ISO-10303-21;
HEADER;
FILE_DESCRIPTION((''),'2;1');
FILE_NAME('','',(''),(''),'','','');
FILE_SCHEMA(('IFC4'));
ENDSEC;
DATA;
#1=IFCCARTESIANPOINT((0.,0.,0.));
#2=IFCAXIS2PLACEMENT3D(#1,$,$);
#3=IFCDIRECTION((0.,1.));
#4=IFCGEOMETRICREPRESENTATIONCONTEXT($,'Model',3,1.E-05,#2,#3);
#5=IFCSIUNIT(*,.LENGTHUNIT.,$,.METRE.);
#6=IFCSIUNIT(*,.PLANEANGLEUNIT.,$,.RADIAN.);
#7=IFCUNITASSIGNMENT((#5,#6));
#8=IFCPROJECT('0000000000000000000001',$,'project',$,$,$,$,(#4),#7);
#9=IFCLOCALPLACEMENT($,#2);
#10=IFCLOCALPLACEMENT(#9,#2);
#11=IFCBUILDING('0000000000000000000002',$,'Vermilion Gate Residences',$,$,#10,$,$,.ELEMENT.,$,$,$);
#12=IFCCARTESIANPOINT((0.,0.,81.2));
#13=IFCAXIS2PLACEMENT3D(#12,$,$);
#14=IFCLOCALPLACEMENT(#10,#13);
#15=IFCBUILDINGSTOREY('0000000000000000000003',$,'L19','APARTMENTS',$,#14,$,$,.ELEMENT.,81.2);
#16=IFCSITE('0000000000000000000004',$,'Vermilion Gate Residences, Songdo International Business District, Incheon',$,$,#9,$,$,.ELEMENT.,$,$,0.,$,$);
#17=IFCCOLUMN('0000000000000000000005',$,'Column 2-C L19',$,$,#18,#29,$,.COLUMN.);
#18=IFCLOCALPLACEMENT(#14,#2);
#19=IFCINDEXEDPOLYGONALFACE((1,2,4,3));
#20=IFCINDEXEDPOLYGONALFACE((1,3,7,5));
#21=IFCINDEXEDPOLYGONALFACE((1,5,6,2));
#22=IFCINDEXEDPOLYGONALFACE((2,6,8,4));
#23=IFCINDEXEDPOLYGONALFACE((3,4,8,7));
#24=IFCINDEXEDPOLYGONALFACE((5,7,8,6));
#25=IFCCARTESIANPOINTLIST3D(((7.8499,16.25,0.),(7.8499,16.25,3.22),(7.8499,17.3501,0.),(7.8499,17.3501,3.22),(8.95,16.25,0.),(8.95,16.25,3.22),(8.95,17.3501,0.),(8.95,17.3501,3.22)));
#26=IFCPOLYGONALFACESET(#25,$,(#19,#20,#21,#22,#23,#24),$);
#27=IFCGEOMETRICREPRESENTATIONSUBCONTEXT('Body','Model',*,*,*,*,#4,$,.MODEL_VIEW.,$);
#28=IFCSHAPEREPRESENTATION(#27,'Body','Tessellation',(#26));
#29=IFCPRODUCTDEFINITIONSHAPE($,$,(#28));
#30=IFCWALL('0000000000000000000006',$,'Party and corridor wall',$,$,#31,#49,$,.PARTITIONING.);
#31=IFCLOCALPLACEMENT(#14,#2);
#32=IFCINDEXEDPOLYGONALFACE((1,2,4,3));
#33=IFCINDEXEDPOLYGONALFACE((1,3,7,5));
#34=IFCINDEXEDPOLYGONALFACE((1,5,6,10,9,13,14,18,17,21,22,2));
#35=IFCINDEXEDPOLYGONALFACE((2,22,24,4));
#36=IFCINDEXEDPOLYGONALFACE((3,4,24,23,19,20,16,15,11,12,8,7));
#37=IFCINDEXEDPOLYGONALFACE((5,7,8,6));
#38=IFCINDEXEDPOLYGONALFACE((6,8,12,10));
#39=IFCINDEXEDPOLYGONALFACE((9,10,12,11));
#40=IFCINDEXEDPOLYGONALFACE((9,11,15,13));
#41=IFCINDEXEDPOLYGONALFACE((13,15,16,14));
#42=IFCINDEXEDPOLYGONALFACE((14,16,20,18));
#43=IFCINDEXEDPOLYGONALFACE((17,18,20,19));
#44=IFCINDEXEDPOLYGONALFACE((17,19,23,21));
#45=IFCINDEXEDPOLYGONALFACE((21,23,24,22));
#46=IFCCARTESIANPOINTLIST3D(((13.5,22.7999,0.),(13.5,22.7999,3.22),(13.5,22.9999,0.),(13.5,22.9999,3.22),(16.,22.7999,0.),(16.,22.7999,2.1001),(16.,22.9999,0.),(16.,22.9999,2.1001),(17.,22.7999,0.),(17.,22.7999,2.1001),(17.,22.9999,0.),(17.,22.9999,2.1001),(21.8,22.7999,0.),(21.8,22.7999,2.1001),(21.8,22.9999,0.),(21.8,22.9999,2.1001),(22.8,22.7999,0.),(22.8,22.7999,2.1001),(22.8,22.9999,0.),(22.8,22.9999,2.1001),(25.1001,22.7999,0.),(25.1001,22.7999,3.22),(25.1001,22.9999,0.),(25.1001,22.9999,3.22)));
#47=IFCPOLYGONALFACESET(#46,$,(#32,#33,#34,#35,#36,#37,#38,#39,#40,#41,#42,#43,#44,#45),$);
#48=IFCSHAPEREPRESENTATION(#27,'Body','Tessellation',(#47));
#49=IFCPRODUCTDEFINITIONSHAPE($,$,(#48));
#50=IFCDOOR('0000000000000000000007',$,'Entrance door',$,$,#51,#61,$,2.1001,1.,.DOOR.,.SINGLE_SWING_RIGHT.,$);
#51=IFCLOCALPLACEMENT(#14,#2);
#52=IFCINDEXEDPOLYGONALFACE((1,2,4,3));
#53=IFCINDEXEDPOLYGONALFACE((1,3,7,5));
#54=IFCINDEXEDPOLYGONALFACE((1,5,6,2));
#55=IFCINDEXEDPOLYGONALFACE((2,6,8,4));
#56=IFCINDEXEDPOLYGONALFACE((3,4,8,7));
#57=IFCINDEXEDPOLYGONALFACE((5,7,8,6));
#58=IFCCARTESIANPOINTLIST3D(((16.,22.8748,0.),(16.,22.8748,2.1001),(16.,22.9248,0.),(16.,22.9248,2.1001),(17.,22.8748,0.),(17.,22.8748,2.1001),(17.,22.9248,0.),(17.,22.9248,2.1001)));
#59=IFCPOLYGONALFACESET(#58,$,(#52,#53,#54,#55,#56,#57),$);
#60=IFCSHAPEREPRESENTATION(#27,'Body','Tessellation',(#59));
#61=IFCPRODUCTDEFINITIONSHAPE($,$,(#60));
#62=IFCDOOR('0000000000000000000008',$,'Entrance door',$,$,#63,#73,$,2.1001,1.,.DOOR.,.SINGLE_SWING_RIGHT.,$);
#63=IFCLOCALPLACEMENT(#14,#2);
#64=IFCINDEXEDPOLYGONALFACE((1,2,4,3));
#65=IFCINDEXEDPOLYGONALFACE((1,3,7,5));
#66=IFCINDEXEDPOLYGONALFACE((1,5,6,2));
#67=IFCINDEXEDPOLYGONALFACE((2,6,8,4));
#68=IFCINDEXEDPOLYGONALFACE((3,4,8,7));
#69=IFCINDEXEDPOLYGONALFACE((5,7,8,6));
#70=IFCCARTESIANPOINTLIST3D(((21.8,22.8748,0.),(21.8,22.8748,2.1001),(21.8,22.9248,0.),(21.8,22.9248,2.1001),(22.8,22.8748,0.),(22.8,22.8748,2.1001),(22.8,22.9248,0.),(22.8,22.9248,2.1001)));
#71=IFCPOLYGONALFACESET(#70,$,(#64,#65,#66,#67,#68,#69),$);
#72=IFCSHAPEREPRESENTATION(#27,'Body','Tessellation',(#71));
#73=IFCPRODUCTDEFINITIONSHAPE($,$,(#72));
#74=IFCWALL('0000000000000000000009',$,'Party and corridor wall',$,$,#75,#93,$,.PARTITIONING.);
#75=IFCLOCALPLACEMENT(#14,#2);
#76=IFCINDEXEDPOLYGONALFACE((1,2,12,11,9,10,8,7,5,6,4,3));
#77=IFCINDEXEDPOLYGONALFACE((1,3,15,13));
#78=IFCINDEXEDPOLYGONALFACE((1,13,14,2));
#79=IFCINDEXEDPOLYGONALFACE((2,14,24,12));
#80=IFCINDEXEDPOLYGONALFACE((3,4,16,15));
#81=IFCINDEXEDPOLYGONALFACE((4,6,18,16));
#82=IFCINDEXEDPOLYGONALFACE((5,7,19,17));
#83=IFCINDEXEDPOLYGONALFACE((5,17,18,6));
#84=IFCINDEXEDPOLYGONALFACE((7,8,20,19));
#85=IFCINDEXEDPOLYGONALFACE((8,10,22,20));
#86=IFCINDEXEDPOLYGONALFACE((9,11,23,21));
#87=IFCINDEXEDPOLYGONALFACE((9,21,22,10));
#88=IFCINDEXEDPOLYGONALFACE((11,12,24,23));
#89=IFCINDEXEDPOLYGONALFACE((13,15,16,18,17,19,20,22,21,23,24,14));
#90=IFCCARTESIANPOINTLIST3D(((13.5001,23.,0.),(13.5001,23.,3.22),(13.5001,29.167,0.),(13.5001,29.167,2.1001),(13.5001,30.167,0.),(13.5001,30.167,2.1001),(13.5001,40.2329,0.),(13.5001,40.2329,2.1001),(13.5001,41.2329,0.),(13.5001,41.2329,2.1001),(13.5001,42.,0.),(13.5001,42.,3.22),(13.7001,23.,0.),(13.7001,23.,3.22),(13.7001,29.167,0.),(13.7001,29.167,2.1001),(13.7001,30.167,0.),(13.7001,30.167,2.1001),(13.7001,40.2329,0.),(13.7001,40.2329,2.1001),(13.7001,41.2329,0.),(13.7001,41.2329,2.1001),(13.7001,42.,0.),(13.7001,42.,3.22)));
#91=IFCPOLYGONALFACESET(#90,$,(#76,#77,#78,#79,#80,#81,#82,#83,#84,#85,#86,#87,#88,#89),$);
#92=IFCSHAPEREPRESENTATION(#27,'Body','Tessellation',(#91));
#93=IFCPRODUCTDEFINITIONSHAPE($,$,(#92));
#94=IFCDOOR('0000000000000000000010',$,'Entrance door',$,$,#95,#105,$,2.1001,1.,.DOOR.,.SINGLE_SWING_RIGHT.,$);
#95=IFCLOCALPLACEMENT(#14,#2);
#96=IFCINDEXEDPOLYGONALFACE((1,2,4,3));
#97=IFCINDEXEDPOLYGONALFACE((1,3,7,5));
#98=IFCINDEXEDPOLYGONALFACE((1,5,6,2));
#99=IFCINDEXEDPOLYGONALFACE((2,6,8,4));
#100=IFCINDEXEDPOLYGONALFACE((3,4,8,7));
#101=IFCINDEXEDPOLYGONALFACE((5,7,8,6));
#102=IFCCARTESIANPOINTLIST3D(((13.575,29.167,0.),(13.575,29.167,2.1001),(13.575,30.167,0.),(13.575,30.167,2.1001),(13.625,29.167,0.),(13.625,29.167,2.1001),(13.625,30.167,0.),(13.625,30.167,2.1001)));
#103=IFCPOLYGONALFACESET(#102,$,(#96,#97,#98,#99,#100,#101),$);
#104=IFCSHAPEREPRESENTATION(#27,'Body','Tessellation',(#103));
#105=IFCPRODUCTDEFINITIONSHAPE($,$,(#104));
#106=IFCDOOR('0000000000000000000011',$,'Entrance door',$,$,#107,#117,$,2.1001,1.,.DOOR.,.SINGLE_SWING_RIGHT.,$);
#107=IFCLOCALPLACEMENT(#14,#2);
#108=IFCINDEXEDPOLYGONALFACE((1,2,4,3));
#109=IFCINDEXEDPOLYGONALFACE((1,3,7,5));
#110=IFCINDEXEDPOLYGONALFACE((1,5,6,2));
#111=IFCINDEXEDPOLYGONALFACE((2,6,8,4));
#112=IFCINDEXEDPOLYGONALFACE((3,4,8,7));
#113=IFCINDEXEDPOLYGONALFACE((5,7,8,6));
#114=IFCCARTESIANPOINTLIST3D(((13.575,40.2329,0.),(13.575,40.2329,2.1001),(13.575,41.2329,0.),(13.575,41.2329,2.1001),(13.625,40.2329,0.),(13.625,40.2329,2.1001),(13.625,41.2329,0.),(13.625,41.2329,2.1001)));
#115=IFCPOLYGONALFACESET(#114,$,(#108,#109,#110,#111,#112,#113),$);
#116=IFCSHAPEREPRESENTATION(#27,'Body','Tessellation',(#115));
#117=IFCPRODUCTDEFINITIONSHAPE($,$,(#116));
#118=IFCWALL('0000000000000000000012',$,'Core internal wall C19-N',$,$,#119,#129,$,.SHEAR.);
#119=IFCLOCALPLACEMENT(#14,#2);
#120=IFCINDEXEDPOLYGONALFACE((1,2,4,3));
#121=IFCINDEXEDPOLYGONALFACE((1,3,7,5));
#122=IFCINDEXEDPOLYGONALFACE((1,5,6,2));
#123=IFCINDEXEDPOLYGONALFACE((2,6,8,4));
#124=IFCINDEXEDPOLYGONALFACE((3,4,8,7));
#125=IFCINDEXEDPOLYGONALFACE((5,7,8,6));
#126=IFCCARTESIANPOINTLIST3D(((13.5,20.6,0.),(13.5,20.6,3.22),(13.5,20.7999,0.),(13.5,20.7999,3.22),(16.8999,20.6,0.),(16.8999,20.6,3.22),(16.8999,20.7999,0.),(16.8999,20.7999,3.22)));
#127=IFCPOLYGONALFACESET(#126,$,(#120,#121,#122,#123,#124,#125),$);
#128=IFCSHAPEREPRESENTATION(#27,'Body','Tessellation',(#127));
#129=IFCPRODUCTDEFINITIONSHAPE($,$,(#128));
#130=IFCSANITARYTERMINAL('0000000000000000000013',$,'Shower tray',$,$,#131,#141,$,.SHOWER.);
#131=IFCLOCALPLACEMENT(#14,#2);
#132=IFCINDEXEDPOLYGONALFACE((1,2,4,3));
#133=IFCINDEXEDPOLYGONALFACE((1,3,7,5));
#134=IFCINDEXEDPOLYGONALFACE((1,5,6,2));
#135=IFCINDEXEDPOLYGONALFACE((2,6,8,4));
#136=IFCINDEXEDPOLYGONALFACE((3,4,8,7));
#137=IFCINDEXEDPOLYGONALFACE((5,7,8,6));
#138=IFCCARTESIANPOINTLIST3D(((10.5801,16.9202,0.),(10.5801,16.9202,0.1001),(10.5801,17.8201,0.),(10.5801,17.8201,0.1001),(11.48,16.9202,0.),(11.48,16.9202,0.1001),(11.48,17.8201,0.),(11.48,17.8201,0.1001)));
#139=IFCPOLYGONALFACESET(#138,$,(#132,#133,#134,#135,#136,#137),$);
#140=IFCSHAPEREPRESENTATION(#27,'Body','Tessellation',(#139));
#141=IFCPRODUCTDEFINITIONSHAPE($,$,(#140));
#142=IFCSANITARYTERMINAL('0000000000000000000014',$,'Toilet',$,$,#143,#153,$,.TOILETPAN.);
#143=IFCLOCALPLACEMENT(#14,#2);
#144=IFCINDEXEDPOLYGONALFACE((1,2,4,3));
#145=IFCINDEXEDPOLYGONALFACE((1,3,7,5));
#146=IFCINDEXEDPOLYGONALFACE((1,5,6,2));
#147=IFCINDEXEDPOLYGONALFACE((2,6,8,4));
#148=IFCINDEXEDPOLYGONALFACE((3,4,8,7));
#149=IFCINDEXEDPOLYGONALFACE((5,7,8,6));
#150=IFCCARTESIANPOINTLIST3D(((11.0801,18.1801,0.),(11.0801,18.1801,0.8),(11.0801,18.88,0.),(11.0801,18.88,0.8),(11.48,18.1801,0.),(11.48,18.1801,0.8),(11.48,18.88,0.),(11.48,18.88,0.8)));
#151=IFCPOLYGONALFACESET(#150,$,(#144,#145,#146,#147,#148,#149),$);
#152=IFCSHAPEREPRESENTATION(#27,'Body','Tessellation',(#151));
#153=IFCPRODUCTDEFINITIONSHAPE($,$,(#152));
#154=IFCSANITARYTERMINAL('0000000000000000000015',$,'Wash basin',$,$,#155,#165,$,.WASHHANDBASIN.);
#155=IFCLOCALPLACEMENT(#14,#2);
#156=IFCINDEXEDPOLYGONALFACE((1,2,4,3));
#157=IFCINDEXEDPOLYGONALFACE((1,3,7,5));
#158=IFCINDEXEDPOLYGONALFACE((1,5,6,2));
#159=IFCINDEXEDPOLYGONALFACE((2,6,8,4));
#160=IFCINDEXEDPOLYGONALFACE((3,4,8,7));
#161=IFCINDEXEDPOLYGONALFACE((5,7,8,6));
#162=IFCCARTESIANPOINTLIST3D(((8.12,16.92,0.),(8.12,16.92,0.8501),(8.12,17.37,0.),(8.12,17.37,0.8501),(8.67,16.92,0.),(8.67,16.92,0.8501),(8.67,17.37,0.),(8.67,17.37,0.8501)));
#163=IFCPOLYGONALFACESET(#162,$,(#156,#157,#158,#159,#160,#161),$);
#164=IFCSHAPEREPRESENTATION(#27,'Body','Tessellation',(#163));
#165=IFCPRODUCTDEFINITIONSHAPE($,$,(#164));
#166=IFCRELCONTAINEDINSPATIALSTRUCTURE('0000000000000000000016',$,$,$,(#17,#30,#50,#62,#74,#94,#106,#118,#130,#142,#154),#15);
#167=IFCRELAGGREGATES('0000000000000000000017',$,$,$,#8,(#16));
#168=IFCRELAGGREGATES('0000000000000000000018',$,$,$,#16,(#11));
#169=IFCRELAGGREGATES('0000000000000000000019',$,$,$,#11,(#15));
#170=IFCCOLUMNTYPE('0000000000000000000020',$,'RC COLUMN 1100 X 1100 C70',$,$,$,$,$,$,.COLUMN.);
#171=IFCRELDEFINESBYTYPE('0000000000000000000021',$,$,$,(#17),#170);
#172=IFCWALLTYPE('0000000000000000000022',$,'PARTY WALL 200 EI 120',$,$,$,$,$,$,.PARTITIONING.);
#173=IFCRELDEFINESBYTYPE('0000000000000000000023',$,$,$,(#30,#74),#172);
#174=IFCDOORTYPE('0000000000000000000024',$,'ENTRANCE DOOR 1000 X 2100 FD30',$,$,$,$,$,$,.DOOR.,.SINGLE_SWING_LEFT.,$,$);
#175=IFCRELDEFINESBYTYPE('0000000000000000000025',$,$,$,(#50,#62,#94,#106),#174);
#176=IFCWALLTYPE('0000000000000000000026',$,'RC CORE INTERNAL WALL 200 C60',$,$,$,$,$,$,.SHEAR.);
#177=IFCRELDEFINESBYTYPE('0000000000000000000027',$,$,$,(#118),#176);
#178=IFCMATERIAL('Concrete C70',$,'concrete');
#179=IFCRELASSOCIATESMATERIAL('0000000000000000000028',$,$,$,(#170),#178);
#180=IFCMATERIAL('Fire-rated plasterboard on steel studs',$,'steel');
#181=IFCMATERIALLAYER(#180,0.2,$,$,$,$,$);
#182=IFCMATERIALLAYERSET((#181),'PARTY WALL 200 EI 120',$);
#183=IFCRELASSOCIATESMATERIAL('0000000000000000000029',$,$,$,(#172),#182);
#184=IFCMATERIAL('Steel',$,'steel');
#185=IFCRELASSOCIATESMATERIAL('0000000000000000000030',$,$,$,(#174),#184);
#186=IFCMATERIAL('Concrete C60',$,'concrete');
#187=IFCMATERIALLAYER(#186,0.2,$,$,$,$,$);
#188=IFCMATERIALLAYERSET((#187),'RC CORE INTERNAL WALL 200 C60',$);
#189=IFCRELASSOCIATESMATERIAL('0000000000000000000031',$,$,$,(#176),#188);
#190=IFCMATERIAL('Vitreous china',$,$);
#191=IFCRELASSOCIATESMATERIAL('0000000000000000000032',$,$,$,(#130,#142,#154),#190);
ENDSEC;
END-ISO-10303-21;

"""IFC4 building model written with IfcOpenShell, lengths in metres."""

from ifc_helpers import new_model, si_unit, direction, frame, frame_2d, origin, origin_2d, place, context, subcontext, project, spatial, rectangle, extrude, material, layer, layer_set, material_profile, profile_set, type_object, element, fill, save


model = new_model("IFC4")

# Units and contexts
model_context = context("Model", 3, precision=1e-05, world=origin(), true_north=direction((0.0, 1.0)))
body_context = subcontext(model_context, "Body", "Model", "MODEL_VIEW")
ifc_project = project(units=[si_unit("LENGTHUNIT", "METRE"), si_unit("PLANEANGLEUNIT", "RADIAN")], contexts=[model_context])

# Site, building, storey
site_placement = place(None, origin())
site = spatial("IfcSite", under=ifc_project, at=site_placement, Name="Vermilion Gate Residences, Songdo International Business District, Incheon", CompositionType="ELEMENT", RefElevation=0.0)
building_placement = place(site_placement, origin())
building = spatial("IfcBuilding", under=site, at=building_placement, Name="Vermilion Gate Residences", CompositionType="ELEMENT")
storey_placement = place(building_placement, frame((0.0, 0.0, 81.2)))
storey = spatial("IfcBuildingStorey", under=building, at=storey_placement, Name="L19", Description="APARTMENTS", CompositionType="ELEMENT", Elevation=81.2)

# Column
ifc_material_1 = material(Name="Concrete C70", Category="concrete")
ifc_material_profile = material_profile(ifc_material_1, rectangle(XDim=1.1001, YDim=1.1001, at=origin_2d()), Name="RC-1100x1100")
ifc_profile_set = profile_set([ifc_material_profile], Name="Concrete C70")
column_type = type_object("IfcColumnType", Name="RC COLUMN 1100 X 1100 C70", PredefinedType="COLUMN", material=ifc_profile_set)
column_placement = place(storey_placement, frame((8.3999, 16.8, 0.0), z_axis=(0.0, 0.0, 1.0), x_axis=(1.0, 0.0, 0.0)))
element("IfcColumn", 1, at=column_placement, inside=storey, type_object=column_type, Name="Column 2-C L19", PredefinedType="COLUMN", context=body_context, shape_type="SweptSolid", body=[
    extrude(rectangle(XDim=1.1001, YDim=1.1001, at=origin_2d()), origin(), (0.0, 0.0, 1.0), 3.22),
])

# Walls, openings, doors
ifc_material_2 = material(Name="Fire-rated plasterboard on steel studs", Category="steel")
ifc_layer_1 = layer(ifc_material_2, 0.2)
ifc_layer_set_1 = layer_set([ifc_layer_1], Name="PARTY WALL 200 EI 120")
wall_type_1 = type_object("IfcWallType", Name="PARTY WALL 200 EI 120", PredefinedType="PARTITIONING", material=ifc_layer_set_1)
wall_1_placement = place(storey_placement, frame((13.5, 22.8999, 0.0), z_axis=(0.0, 0.0, 1.0), x_axis=(1.0, 0.0, 0.0)))
wall_1 = element("IfcWall", 2, at=wall_1_placement, inside=storey, type_object=wall_type_1, Name="Party and corridor wall", PredefinedType="PARTITIONING", context=body_context, shape_type="SweptSolid", body=[
    extrude(rectangle(XDim=11.6001, YDim=0.2, at=frame_2d((5.8, 0.0))), origin(), (0.0, 0.0, 1.0), 3.22),
])
opening_1_placement = place(wall_1_placement, frame((2.5, 0.0, 0.0)))
opening_1 = element("IfcOpeningElement", 3, at=opening_1_placement, cuts=wall_1, PredefinedType="OPENING", context=body_context, shape_type="SweptSolid", body=[
    extrude(rectangle(XDim=1.0, YDim=2.1001, at=frame_2d((0.5, 1.05))), frame((0.0, 0.1099, 0.0), z_axis=(0.0, -1.0, 0.0), x_axis=(1.0, 0.0, 0.0)), (0.0, 0.0, 1.0), 0.22),
])
opening_2_placement = place(wall_1_placement, frame((8.3, 0.0, 0.0)))
opening_2 = element("IfcOpeningElement", 4, at=opening_2_placement, cuts=wall_1, PredefinedType="OPENING", context=body_context, shape_type="SweptSolid", body=[
    extrude(rectangle(XDim=1.0, YDim=2.1001, at=frame_2d((0.5, 1.05))), frame((0.0, 0.1099, 0.0), z_axis=(0.0, -1.0, 0.0), x_axis=(1.0, 0.0, 0.0)), (0.0, 0.0, 1.0), 0.22),
])
ifc_material_3 = material(Name="Steel", Category="steel")
door_type = type_object("IfcDoorType", Name="ENTRANCE DOOR 1000 X 2100 FD30", OperationType="SINGLE_SWING_LEFT", PredefinedType="DOOR", material=ifc_material_3)
door_1_placement = place(opening_1_placement, origin())
door_1 = element("IfcDoor", 5, at=door_1_placement, inside=storey, type_object=door_type, Name="Entrance door", OperationType="SINGLE_SWING_RIGHT", OverallHeight=2.1001, OverallWidth=1.0, PredefinedType="DOOR", context=body_context, shape_type="SweptSolid", body=[
    extrude(rectangle(XDim=1.0, YDim=2.1001, at=frame_2d((0.5, 1.05))), frame((0.0, 0.0249, 0.0), z_axis=(0.0, -1.0, 0.0), x_axis=(1.0, 0.0, 0.0)), (0.0, 0.0, 1.0), 0.05),
])
fill(opening_1, door_1)
door_2_placement = place(opening_2_placement, origin())
door_2 = element("IfcDoor", 6, at=door_2_placement, inside=storey, type_object=door_type, Name="Entrance door", OperationType="SINGLE_SWING_RIGHT", OverallHeight=2.1001, OverallWidth=1.0, PredefinedType="DOOR", context=body_context, shape_type="SweptSolid", body=[
    extrude(rectangle(XDim=1.0, YDim=2.1001, at=frame_2d((0.5, 1.05))), frame((0.0, 0.0249, 0.0), z_axis=(0.0, -1.0, 0.0), x_axis=(1.0, 0.0, 0.0)), (0.0, 0.0, 1.0), 0.05),
])
fill(opening_2, door_2)
wall_2_placement = place(storey_placement, frame((13.6001, 23.0, 0.0), z_axis=(0.0, 0.0, 1.0), x_axis=(0.0, 1.0, 0.0)))
wall_2 = element("IfcWall", 7, at=wall_2_placement, inside=storey, type_object=wall_type_1, Name="Party and corridor wall", PredefinedType="PARTITIONING", context=body_context, shape_type="SweptSolid", body=[
    extrude(rectangle(XDim=19.0, YDim=0.2, at=frame_2d((9.5, 0.0))), origin(), (0.0, 0.0, 1.0), 3.22),
])
opening_3_placement = place(wall_2_placement, frame((6.167, 0.0, 0.0)))
opening_3 = element("IfcOpeningElement", 8, at=opening_3_placement, cuts=wall_2, PredefinedType="OPENING", context=body_context, shape_type="SweptSolid", body=[
    extrude(rectangle(XDim=1.0, YDim=2.1001, at=frame_2d((0.5, 1.05))), frame((0.0, 0.1099, 0.0), z_axis=(0.0, -1.0, 0.0), x_axis=(1.0, 0.0, 0.0)), (0.0, 0.0, 1.0), 0.22),
])
opening_4_placement = place(wall_2_placement, frame((17.2329, 0.0, 0.0)))
opening_4 = element("IfcOpeningElement", 9, at=opening_4_placement, cuts=wall_2, PredefinedType="OPENING", context=body_context, shape_type="SweptSolid", body=[
    extrude(rectangle(XDim=1.0, YDim=2.1001, at=frame_2d((0.5, 1.05))), frame((0.0, 0.1099, 0.0), z_axis=(0.0, -1.0, 0.0), x_axis=(1.0, 0.0, 0.0)), (0.0, 0.0, 1.0), 0.22),
])
door_3_placement = place(opening_3_placement, frame((1.0, 0.0, 0.0), z_axis=(0.0, 0.0, 1.0), x_axis=(-1.0, 0.0, 0.0)))
door_3 = element("IfcDoor", 10, at=door_3_placement, inside=storey, type_object=door_type, Name="Entrance door", OperationType="SINGLE_SWING_RIGHT", OverallHeight=2.1001, OverallWidth=1.0, PredefinedType="DOOR", context=body_context, shape_type="SweptSolid", body=[
    extrude(rectangle(XDim=1.0, YDim=2.1001, at=frame_2d((0.5, 1.05))), frame((0.0, 0.0249, 0.0), z_axis=(0.0, -1.0, 0.0), x_axis=(1.0, 0.0, 0.0)), (0.0, 0.0, 1.0), 0.05),
])
fill(opening_3, door_3)
door_4_placement = place(opening_4_placement, frame((1.0, 0.0, 0.0), z_axis=(0.0, 0.0, 1.0), x_axis=(-1.0, 0.0, 0.0)))
door_4 = element("IfcDoor", 11, at=door_4_placement, inside=storey, type_object=door_type, Name="Entrance door", OperationType="SINGLE_SWING_RIGHT", OverallHeight=2.1001, OverallWidth=1.0, PredefinedType="DOOR", context=body_context, shape_type="SweptSolid", body=[
    extrude(rectangle(XDim=1.0, YDim=2.1001, at=frame_2d((0.5, 1.05))), frame((0.0, 0.0249, 0.0), z_axis=(0.0, -1.0, 0.0), x_axis=(1.0, 0.0, 0.0)), (0.0, 0.0, 1.0), 0.05),
])
fill(opening_4, door_4)

# Wall
ifc_material_4 = material(Name="Concrete C60", Category="concrete")
ifc_layer_2 = layer(ifc_material_4, 0.2)
ifc_layer_set_2 = layer_set([ifc_layer_2], Name="RC CORE INTERNAL WALL 200 C60")
wall_type_2 = type_object("IfcWallType", Name="RC CORE INTERNAL WALL 200 C60", PredefinedType="SHEAR", material=ifc_layer_set_2)
wall_3_placement = place(storey_placement, frame((13.5, 20.7, 0.0), z_axis=(0.0, 0.0, 1.0), x_axis=(1.0, 0.0, 0.0)))
element("IfcWall", 12, at=wall_3_placement, inside=storey, type_object=wall_type_2, Name="Core internal wall C19-N", PredefinedType="SHEAR", context=body_context, shape_type="SweptSolid", body=[
    extrude(rectangle(XDim=3.3999, YDim=0.2, at=frame_2d((1.7, 0.0))), origin(), (0.0, 0.0, 1.0), 3.22),
])

# Sanitary terminals
ifc_material_5 = material(Name="Vitreous china")
sanitary_terminal_1_placement = place(storey_placement, frame((11.03, 17.3701, 0.0), z_axis=(0.0, 0.0, 1.0), x_axis=(1.0, 0.0, 0.0)))
element("IfcSanitaryTerminal", 13, at=sanitary_terminal_1_placement, inside=storey, material=ifc_material_5, Name="Shower tray", PredefinedType="SHOWER", context=body_context, shape_type="SweptSolid", body=[
    extrude(rectangle(XDim=0.8999, YDim=0.8999, at=origin_2d()), origin(), (0.0, 0.0, 1.0), 0.1001),
])
sanitary_terminal_2_placement = place(storey_placement, frame((11.28, 18.53, 0.0), z_axis=(0.0, 0.0, 1.0), x_axis=(1.0, 0.0, 0.0)))
element("IfcSanitaryTerminal", 14, at=sanitary_terminal_2_placement, inside=storey, material=ifc_material_5, Name="Toilet", PredefinedType="TOILETPAN", context=body_context, shape_type="SweptSolid", body=[
    extrude(rectangle(XDim=0.3999, YDim=0.7, at=origin_2d()), origin(), (0.0, 0.0, 1.0), 0.8),
])
sanitary_terminal_3_placement = place(storey_placement, frame((8.395, 17.145, 0.0), z_axis=(0.0, 0.0, 1.0), x_axis=(1.0, 0.0, 0.0)))
element("IfcSanitaryTerminal", 15, at=sanitary_terminal_3_placement, inside=storey, material=ifc_material_5, Name="Wash basin", PredefinedType="WASHHANDBASIN", context=body_context, shape_type="SweptSolid", body=[
    extrude(rectangle(XDim=0.55, YDim=0.45, at=origin_2d()), origin(), (0.0, 0.0, 1.0), 0.8501),
])

save(model, "model.ifc")
